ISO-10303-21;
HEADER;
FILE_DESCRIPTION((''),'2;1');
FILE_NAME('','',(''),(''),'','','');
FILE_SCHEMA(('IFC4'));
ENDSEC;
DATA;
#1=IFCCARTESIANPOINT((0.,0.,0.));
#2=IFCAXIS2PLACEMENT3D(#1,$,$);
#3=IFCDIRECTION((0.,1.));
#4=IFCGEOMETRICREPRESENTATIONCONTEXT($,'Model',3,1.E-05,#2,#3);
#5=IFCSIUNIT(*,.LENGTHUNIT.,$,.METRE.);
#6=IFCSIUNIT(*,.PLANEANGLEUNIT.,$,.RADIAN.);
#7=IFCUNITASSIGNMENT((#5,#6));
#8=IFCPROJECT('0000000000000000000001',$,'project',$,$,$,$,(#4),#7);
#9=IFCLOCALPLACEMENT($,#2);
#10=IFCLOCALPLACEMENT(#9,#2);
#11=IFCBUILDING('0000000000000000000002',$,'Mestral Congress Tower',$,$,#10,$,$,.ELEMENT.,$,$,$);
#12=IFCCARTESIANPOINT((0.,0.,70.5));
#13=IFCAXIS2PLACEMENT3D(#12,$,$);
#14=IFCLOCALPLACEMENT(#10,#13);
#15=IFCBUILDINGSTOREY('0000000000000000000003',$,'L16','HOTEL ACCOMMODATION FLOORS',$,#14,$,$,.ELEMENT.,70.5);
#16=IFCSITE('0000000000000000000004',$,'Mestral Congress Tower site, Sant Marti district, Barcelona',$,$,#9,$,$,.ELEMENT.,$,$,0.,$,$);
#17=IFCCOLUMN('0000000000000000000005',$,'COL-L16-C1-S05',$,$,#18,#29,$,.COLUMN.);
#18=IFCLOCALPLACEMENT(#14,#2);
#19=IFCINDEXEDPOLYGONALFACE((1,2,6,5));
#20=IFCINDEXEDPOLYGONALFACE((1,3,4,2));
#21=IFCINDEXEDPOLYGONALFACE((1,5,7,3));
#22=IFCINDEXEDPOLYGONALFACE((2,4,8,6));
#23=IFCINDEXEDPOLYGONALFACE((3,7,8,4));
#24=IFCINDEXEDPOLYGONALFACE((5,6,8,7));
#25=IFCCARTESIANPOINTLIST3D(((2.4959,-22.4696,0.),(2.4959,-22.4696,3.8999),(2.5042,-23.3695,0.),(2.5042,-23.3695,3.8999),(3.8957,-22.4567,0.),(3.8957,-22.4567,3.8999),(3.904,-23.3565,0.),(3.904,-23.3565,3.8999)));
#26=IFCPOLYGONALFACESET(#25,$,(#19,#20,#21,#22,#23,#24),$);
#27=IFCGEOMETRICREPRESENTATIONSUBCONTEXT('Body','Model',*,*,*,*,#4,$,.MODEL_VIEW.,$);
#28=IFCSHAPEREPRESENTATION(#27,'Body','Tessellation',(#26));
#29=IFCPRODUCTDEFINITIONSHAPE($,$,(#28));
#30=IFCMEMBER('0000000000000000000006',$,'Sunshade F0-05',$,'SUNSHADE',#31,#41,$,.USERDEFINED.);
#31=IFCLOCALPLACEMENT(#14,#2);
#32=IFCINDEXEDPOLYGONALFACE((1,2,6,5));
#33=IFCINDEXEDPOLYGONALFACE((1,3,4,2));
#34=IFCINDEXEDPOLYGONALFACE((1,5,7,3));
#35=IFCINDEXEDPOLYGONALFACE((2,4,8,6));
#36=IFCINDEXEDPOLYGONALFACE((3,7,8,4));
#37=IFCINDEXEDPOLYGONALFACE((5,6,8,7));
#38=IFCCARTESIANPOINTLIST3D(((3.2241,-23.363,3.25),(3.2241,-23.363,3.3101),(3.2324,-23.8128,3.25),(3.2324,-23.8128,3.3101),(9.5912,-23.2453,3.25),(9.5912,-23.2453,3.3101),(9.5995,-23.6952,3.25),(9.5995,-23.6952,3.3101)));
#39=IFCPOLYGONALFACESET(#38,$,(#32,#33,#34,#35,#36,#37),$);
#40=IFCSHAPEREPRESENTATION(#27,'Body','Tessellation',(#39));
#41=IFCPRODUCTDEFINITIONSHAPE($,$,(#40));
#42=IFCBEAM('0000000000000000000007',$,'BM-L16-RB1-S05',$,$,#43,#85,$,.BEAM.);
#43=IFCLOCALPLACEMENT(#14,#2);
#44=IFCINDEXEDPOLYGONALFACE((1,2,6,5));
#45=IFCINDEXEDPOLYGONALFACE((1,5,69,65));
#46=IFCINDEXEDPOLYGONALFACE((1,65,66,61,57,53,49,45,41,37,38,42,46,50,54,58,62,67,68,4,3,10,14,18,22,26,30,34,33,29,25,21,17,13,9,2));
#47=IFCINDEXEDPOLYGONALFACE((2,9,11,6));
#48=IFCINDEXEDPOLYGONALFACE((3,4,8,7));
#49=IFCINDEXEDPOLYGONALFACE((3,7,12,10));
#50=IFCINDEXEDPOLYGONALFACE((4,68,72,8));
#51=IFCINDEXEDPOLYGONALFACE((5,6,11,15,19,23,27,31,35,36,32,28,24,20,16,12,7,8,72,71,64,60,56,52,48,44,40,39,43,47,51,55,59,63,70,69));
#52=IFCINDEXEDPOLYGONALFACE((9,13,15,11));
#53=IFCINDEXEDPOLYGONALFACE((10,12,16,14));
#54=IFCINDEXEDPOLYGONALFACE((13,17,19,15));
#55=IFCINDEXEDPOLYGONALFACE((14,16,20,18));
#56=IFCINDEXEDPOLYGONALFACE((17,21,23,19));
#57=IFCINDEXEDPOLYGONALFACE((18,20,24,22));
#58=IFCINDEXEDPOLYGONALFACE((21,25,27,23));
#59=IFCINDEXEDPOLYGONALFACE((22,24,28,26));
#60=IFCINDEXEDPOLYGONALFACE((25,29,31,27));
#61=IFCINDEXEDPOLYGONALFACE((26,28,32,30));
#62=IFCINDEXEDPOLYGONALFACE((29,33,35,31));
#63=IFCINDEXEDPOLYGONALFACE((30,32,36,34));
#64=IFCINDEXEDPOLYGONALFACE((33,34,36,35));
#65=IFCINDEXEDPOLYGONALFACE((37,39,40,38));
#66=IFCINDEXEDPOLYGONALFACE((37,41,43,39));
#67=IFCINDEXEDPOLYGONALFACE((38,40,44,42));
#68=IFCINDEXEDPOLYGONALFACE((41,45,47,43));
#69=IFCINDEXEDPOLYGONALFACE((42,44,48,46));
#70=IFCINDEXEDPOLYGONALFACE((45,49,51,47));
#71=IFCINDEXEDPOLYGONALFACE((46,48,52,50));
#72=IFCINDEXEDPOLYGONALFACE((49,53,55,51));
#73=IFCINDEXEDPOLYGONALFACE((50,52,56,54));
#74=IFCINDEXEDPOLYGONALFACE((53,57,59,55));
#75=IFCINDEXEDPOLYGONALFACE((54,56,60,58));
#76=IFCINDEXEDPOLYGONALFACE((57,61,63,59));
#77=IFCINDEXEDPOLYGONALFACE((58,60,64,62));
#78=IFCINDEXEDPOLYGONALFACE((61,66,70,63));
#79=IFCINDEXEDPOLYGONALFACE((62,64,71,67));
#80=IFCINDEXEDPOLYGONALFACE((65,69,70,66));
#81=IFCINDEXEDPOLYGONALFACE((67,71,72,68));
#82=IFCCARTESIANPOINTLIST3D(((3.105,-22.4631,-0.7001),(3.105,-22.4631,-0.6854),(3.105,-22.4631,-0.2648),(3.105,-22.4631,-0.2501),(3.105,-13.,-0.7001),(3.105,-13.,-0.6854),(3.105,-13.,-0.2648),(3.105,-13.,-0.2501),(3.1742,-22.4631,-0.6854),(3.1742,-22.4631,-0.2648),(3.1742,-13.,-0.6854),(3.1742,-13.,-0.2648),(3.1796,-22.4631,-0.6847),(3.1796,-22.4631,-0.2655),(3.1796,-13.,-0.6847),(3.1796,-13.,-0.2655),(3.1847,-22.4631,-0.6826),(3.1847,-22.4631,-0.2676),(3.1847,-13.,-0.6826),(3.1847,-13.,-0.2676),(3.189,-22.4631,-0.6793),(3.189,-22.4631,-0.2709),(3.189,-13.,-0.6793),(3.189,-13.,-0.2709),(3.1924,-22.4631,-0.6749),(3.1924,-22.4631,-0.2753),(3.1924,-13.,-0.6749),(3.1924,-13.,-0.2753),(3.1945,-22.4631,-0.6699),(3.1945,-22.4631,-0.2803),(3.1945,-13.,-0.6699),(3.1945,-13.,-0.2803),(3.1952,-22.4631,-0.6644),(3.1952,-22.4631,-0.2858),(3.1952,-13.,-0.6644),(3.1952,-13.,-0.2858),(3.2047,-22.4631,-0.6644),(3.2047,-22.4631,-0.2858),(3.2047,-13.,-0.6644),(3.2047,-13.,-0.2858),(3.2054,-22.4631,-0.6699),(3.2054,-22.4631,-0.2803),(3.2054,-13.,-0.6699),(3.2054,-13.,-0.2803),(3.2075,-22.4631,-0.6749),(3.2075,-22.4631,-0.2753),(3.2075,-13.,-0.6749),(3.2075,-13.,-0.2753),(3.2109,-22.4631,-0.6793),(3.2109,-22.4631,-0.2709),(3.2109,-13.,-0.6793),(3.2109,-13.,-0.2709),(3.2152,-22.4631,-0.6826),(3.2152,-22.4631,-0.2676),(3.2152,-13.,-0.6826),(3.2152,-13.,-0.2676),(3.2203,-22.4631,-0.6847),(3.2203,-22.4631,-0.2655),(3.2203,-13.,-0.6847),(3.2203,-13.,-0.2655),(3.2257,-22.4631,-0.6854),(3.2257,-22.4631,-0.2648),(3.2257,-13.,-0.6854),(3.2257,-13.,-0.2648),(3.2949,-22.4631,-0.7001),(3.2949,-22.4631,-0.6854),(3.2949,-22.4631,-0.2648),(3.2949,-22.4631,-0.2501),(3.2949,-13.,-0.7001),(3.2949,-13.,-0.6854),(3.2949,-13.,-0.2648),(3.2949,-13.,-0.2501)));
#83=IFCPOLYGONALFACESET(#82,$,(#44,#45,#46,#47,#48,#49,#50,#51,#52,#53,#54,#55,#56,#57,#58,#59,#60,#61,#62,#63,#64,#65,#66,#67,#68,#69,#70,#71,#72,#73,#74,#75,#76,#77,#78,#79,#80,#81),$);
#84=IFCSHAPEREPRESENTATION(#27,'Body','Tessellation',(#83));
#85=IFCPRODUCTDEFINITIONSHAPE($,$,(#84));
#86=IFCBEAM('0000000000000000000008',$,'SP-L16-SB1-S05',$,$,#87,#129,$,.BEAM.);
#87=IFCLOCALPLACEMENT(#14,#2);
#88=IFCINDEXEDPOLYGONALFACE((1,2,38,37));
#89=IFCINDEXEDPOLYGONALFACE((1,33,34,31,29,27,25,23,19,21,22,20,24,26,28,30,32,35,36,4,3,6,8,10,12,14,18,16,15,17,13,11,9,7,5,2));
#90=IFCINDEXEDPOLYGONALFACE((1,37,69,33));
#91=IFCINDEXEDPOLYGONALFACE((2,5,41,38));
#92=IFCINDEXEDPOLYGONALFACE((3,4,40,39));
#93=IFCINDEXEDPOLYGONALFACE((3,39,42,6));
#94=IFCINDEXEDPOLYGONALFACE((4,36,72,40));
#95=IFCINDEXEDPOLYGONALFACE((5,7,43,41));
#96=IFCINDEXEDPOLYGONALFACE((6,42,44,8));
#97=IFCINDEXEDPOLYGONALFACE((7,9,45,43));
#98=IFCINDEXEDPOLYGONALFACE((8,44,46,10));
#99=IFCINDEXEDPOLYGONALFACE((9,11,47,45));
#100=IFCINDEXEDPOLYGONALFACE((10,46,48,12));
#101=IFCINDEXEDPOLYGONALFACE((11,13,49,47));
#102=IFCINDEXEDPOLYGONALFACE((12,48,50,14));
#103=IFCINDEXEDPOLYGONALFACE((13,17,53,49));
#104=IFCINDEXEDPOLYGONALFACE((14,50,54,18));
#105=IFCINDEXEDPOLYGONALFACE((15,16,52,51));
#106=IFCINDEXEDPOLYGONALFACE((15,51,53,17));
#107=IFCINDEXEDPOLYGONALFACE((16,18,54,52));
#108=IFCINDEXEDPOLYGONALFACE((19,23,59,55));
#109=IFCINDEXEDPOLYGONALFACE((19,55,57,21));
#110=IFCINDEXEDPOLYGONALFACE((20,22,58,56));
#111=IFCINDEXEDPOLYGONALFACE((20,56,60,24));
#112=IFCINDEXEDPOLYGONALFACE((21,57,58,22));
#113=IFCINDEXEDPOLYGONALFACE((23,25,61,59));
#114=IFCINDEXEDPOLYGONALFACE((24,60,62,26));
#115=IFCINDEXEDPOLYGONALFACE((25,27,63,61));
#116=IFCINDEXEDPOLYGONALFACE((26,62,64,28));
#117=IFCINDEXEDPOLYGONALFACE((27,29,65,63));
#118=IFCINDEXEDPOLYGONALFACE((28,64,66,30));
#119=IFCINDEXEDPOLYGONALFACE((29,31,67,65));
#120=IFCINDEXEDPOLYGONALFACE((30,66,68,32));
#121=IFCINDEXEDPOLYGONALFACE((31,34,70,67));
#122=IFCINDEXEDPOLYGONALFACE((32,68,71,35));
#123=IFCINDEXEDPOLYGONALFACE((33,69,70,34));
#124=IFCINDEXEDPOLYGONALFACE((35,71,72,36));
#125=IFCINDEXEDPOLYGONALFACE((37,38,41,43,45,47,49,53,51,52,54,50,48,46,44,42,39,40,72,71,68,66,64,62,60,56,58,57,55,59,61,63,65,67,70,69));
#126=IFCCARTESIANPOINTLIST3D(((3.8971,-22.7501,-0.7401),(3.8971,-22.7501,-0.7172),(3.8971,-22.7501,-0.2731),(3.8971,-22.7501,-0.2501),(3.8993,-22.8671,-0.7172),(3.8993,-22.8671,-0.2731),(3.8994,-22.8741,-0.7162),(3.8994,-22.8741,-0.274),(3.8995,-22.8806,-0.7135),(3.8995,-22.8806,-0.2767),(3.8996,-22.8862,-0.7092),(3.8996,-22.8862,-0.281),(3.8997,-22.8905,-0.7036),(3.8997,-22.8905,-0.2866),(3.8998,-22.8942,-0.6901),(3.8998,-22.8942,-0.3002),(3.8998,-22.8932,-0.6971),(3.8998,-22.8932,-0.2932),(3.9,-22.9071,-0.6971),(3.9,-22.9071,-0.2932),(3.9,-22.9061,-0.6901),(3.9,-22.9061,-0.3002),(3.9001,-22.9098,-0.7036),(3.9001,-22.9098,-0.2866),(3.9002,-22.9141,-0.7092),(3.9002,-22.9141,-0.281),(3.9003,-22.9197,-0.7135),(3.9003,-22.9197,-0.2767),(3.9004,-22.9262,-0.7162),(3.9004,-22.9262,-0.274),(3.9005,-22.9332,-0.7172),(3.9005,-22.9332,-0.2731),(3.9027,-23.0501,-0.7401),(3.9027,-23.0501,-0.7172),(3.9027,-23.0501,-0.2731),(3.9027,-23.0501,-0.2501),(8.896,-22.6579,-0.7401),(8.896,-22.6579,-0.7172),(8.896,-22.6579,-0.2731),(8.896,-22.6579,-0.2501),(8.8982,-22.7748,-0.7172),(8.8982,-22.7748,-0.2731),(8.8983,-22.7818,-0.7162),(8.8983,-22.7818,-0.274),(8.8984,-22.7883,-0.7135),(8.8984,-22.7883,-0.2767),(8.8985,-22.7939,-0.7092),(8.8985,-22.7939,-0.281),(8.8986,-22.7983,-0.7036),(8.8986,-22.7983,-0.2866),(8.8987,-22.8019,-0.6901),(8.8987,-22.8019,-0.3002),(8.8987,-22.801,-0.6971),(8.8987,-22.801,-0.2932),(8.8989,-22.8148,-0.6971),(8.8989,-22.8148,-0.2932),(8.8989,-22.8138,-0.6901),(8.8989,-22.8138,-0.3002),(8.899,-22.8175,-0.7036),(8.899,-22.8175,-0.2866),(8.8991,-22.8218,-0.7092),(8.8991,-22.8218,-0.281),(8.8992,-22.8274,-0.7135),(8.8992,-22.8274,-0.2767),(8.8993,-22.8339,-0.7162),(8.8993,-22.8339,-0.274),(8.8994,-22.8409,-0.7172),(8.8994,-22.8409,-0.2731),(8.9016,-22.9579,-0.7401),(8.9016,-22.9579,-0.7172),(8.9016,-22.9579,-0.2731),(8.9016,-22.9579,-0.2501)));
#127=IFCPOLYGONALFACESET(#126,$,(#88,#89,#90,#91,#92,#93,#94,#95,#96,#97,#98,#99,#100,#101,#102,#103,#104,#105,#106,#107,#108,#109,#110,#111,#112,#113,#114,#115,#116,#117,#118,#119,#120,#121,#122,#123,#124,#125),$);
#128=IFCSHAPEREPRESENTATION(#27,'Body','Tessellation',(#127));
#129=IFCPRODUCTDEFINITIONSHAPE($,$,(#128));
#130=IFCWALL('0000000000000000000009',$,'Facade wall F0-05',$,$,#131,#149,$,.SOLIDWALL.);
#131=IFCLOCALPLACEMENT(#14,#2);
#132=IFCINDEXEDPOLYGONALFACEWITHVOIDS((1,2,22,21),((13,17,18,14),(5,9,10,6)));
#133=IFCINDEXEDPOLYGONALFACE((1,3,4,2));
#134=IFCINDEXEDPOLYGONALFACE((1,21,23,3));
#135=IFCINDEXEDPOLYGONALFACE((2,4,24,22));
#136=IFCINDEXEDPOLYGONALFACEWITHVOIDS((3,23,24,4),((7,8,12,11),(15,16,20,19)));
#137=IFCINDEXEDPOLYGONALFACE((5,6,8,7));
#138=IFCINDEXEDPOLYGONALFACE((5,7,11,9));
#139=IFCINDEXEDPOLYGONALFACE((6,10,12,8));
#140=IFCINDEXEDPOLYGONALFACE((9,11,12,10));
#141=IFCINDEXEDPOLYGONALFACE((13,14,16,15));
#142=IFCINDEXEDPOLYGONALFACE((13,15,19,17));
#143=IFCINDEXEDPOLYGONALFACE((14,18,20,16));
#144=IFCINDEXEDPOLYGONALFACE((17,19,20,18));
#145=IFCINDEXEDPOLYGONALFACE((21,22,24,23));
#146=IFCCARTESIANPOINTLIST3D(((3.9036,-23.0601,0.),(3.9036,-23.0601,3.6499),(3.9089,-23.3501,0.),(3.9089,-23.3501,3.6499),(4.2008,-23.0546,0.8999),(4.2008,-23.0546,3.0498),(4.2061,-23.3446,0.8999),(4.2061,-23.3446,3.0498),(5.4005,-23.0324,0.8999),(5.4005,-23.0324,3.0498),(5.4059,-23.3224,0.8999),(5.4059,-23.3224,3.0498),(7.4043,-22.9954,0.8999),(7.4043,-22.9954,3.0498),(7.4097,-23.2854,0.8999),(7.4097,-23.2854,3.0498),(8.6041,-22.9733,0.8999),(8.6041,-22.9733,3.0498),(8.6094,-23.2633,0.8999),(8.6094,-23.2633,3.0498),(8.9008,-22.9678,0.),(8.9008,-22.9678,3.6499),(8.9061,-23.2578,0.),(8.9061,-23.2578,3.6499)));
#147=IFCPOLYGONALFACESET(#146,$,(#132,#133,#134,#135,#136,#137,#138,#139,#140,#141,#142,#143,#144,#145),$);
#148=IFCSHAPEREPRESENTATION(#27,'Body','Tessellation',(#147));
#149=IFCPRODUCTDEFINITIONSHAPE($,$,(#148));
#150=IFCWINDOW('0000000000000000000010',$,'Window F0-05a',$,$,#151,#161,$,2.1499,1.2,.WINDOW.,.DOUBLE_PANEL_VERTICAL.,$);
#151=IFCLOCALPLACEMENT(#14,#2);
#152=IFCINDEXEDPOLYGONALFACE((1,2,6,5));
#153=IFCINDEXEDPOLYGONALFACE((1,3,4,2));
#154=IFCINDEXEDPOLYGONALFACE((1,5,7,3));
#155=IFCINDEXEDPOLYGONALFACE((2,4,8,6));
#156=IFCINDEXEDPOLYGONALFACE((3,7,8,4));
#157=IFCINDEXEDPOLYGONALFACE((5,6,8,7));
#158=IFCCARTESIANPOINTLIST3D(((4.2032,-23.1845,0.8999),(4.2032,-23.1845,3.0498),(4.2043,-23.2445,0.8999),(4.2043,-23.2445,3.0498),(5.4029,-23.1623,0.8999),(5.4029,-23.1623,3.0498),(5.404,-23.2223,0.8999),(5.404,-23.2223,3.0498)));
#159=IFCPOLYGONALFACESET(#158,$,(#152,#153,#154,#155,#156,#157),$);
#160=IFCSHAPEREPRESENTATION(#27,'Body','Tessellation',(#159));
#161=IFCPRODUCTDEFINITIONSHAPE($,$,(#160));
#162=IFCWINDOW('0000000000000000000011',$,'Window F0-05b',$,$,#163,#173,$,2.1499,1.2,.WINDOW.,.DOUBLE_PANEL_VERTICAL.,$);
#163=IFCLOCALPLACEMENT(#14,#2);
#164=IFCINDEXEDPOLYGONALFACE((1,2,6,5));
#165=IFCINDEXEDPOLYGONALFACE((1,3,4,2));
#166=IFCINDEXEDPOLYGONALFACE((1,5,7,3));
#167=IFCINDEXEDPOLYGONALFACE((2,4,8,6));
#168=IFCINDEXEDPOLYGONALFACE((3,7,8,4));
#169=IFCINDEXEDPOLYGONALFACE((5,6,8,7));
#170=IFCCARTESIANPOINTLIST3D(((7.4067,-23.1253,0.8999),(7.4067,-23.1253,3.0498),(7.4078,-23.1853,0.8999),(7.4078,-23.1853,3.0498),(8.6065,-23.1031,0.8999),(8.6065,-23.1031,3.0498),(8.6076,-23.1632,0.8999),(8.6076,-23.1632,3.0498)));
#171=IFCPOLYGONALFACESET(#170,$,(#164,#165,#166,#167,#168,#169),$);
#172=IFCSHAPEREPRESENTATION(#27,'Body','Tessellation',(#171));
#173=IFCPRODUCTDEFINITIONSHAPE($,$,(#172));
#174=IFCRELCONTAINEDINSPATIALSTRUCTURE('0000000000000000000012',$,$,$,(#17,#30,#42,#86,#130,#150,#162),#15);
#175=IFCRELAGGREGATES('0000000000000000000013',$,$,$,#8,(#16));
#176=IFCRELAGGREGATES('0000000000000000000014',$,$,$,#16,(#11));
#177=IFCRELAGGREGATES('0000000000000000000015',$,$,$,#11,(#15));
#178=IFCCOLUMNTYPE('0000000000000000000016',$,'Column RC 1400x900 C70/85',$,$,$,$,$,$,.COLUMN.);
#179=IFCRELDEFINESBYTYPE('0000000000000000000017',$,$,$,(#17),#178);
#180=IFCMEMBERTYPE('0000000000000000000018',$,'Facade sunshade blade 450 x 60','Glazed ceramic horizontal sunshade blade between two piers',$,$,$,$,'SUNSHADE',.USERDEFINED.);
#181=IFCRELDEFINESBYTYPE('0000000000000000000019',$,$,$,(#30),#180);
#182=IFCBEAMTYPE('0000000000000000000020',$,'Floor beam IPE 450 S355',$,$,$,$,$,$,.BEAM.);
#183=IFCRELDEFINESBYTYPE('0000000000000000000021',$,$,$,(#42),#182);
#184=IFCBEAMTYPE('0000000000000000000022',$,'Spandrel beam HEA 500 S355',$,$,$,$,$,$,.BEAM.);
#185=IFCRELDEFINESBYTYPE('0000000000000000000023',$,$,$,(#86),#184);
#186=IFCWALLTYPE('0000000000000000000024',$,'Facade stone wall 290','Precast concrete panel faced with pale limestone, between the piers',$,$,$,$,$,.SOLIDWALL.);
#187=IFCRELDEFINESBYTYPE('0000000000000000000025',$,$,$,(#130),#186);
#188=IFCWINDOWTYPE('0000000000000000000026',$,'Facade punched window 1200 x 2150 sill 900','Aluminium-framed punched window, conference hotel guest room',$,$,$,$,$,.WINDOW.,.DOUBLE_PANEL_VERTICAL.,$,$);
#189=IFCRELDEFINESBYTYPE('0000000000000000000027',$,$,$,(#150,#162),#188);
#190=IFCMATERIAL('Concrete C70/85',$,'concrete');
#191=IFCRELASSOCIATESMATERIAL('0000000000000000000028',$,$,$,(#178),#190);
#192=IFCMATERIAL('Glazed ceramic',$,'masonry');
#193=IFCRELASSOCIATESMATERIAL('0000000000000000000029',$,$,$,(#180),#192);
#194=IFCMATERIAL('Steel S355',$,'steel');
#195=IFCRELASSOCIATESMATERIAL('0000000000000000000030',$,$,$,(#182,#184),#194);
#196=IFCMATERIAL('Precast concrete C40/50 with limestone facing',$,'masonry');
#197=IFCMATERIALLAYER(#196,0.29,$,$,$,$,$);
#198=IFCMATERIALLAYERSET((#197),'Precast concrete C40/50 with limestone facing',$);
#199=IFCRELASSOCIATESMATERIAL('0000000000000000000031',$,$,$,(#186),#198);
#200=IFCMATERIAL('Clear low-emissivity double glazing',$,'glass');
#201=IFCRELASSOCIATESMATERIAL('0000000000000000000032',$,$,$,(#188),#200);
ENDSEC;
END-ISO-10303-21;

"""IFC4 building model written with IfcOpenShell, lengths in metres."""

from ifc_helpers import new_model, si_unit, direction, frame, frame_2d, origin, origin_2d, place, context, subcontext, project, spatial, rectangle, i_section, extrude, material, layer, layer_set, material_profile, profile_set, type_object, element, fill, save


model = new_model("IFC4")

# Units and contexts
model_context = context("Model", 3, precision=1e-05, world=origin(), true_north=direction((0.0, 1.0)))
body_context = subcontext(model_context, "Body", "Model", "MODEL_VIEW")
ifc_project = project(units=[si_unit("LENGTHUNIT", "METRE"), si_unit("PLANEANGLEUNIT", "RADIAN")], contexts=[model_context])

# Site, building, storey
site_placement = place(None, origin())
site = spatial("IfcSite", under=ifc_project, at=site_placement, Name="Mestral Congress Tower site, Sant Marti district, Barcelona", CompositionType="ELEMENT", RefElevation=0.0)
building_placement = place(site_placement, origin())
building = spatial("IfcBuilding", under=site, at=building_placement, Name="Mestral Congress Tower", CompositionType="ELEMENT")
storey_placement = place(building_placement, frame((0.0, 0.0, 70.5)))
storey = spatial("IfcBuildingStorey", under=building, at=storey_placement, Name="L16", Description="HOTEL ACCOMMODATION FLOORS", CompositionType="ELEMENT", Elevation=70.5)

# Column
ifc_material_1 = material(Name="Concrete C70/85", Category="concrete")
ifc_material_profile_1 = material_profile(ifc_material_1, rectangle(XDim=1.3999, YDim=0.8999, at=origin_2d()), Name="RC 1400x900")
ifc_profile_set_1 = profile_set([ifc_material_profile_1], Name="Concrete C70/85")
column_type = type_object("IfcColumnType", Name="Column RC 1400x900 C70/85", PredefinedType="COLUMN", material=ifc_profile_set_1)
column_placement = place(storey_placement, frame((3.2, -22.9131, 0.0), z_axis=(0.0, 0.0, 1.0), x_axis=(0.999957, 0.009243, 0.0)))
element("IfcColumn", 1, at=column_placement, inside=storey, type_object=column_type, Name="COL-L16-C1-S05", PredefinedType="COLUMN", context=body_context, shape_type="SweptSolid", body=[
    extrude(rectangle(XDim=1.3999, YDim=0.8999, at=origin_2d()), origin(), (0.0, 0.0, 1.0), 3.8999),
])

# Member
ifc_material_2 = material(Name="Glazed ceramic", Category="masonry")
ifc_material_profile_2 = material_profile(ifc_material_2, rectangle(XDim=0.45, YDim=0.0601, at=origin_2d()), Name="Ceramic blade 450 x 60")
ifc_profile_set_2 = profile_set([ifc_material_profile_2], Name="Glazed ceramic")
member_type = type_object("IfcMemberType", Name="Facade sunshade blade 450 x 60", Description="Glazed ceramic horizontal sunshade blade between two piers", ElementType="SUNSHADE", PredefinedType="USERDEFINED", material=ifc_profile_set_2)
member_placement = place(storey_placement, frame((3.2283, -23.5879, 3.28), z_axis=(0.999829, 0.018478, 0.0), x_axis=(-0.018478, 0.999829, 0.0)))
element("IfcMember", 2, at=member_placement, inside=storey, type_object=member_type, Name="Sunshade F0-05", ObjectType="SUNSHADE", PredefinedType="USERDEFINED", context=body_context, shape_type="SweptSolid", body=[
    extrude(rectangle(XDim=0.45, YDim=0.0601, at=origin_2d()), origin(), (0.0, 0.0, 1.0), 6.3682),
])

# Beams
ifc_material_3 = material(Name="Steel S355", Category="steel")
ifc_material_profile_3 = material_profile(ifc_material_3, i_section(OverallWidth=0.1899, OverallDepth=0.45, WebThickness=0.0095, FlangeThickness=0.0146, FilletRadius=0.021, at=origin_2d()), Name="IPE 450")
ifc_profile_set_3 = profile_set([ifc_material_profile_3], Name="Steel S355")
beam_type_1 = type_object("IfcBeamType", Name="Floor beam IPE 450 S355", PredefinedType="BEAM", material=ifc_profile_set_3)
beam_1_placement = place(storey_placement, frame((3.2, -22.4631, -0.4751), z_axis=(0.0, 1.0, 0.0), x_axis=(-1.0, 0.0, 0.0)))
element("IfcBeam", 3, at=beam_1_placement, inside=storey, type_object=beam_type_1, Name="BM-L16-RB1-S05", PredefinedType="BEAM", context=body_context, shape_type="SweptSolid", body=[
    extrude(i_section(OverallWidth=0.1899, OverallDepth=0.45, WebThickness=0.0095, FlangeThickness=0.0146, FilletRadius=0.021, at=origin_2d()), origin(), (0.0, 0.0, 1.0), 9.4631),
])
ifc_material_profile_4 = material_profile(ifc_material_3, i_section(OverallWidth=0.3, OverallDepth=0.49, WebThickness=0.012, FlangeThickness=0.0229, FilletRadius=0.0271, at=origin_2d()), Name="HEA 500")
ifc_profile_set_4 = profile_set([ifc_material_profile_4], Name="Steel S355")
beam_type_2 = type_object("IfcBeamType", Name="Spandrel beam HEA 500 S355", PredefinedType="BEAM", material=ifc_profile_set_4)
beam_2_placement = place(storey_placement, frame((3.8999, -22.9001, -0.4951), z_axis=(0.99983, 0.018457, 0.0), x_axis=(-0.018457, 0.99983, 0.0)))
element("IfcBeam", 4, at=beam_2_placement, inside=storey, type_object=beam_type_2, Name="SP-L16-SB1-S05", PredefinedType="BEAM", context=body_context, shape_type="SweptSolid", body=[
    extrude(i_section(OverallWidth=0.3, OverallDepth=0.49, WebThickness=0.012, FlangeThickness=0.0229, FilletRadius=0.0271, at=origin_2d()), origin(), (0.0, 0.0, 1.0), 4.9998),
])

# Wall, openings, windows
ifc_material_4 = material(Name="Precast concrete C40/50 with limestone facing", Category="masonry")
ifc_layer_1 = layer(ifc_material_4, 0.29)
ifc_layer_set_1 = layer_set([ifc_layer_1], Name="Precast concrete C40/50 with limestone facing")
wall_type_1 = type_object("IfcWallType", Name="Facade stone wall 290", Description="Precast concrete panel faced with pale limestone, between the piers", PredefinedType="SOLIDWALL", material=ifc_layer_set_1)
wall_1_placement = place(storey_placement, frame((3.9062, -23.2051, 0.0), z_axis=(0.0, 0.0, 1.0), x_axis=(0.99983, 0.018464, 0.0)))
wall_1 = element("IfcWall", 5, at=wall_1_placement, inside=storey, type_object=wall_type_1, Name="Facade wall F0-05", PredefinedType="SOLIDWALL", context=body_context, shape_type="SweptSolid", body=[
    extrude(rectangle(XDim=4.998, YDim=0.29, at=frame_2d((2.499, 0.0))), origin(), (0.0, 0.0, 1.0), 3.6499),
])
opening_1_placement = place(wall_1_placement, frame((0.2971, 0.0, 0.8999)))
opening_1 = element("IfcOpeningElement", 6, at=opening_1_placement, cuts=wall_1, PredefinedType="OPENING", context=body_context, shape_type="SweptSolid", body=[
    extrude(rectangle(XDim=1.2, YDim=2.1499, at=frame_2d((0.6001, 1.075))), frame((0.0, 0.155, 0.0), z_axis=(0.0, -1.0, 0.0), x_axis=(1.0, 0.0, 0.0)), (0.0, 0.0, 1.0), 0.3101),
])
opening_2_placement = place(wall_1_placement, frame((3.5012, 0.0, 0.8999)))
opening_2 = element("IfcOpeningElement", 7, at=opening_2_placement, cuts=wall_1, PredefinedType="OPENING", context=body_context, shape_type="SweptSolid", body=[
    extrude(rectangle(XDim=1.2, YDim=2.1499, at=frame_2d((0.6001, 1.075))), frame((0.0, 0.155, 0.0), z_axis=(0.0, -1.0, 0.0), x_axis=(1.0, 0.0, 0.0)), (0.0, 0.0, 1.0), 0.3101),
])
ifc_material_5 = material(Name="Clear low-emissivity double glazing", Category="glass")
window_type = type_object("IfcWindowType", Name="Facade punched window 1200 x 2150 sill 900", Description="Aluminium-framed punched window, conference hotel guest room", PartitioningType="DOUBLE_PANEL_VERTICAL", PredefinedType="WINDOW", material=ifc_material_5)
window_1_placement = place(opening_1_placement, origin())
window_1 = element("IfcWindow", 8, at=window_1_placement, inside=storey, type_object=window_type, Name="Window F0-05a", OverallHeight=2.1499, OverallWidth=1.2, PartitioningType="DOUBLE_PANEL_VERTICAL", PredefinedType="WINDOW", context=body_context, shape_type="SweptSolid", body=[
    extrude(rectangle(XDim=1.2, YDim=2.1499, at=frame_2d((0.6001, 1.075))), frame((0.0, 0.0151, 0.0), z_axis=(0.0, -1.0, 0.0), x_axis=(1.0, 0.0, 0.0)), (0.0, 0.0, 1.0), 0.0601),
])
fill(opening_1, window_1)
window_2_placement = place(opening_2_placement, origin())
window_2 = element("IfcWindow", 9, at=window_2_placement, inside=storey, type_object=window_type, Name="Window F0-05b", OverallHeight=2.1499, OverallWidth=1.2, PartitioningType="DOUBLE_PANEL_VERTICAL", PredefinedType="WINDOW", context=body_context, shape_type="SweptSolid", body=[
    extrude(rectangle(XDim=1.2, YDim=2.1499, at=frame_2d((0.6001, 1.075))), frame((0.0, 0.0151, 0.0), z_axis=(0.0, -1.0, 0.0), x_axis=(1.0, 0.0, 0.0)), (0.0, 0.0, 1.0), 0.0601),
])
fill(opening_2, window_2)

save(model, "model.ifc")
